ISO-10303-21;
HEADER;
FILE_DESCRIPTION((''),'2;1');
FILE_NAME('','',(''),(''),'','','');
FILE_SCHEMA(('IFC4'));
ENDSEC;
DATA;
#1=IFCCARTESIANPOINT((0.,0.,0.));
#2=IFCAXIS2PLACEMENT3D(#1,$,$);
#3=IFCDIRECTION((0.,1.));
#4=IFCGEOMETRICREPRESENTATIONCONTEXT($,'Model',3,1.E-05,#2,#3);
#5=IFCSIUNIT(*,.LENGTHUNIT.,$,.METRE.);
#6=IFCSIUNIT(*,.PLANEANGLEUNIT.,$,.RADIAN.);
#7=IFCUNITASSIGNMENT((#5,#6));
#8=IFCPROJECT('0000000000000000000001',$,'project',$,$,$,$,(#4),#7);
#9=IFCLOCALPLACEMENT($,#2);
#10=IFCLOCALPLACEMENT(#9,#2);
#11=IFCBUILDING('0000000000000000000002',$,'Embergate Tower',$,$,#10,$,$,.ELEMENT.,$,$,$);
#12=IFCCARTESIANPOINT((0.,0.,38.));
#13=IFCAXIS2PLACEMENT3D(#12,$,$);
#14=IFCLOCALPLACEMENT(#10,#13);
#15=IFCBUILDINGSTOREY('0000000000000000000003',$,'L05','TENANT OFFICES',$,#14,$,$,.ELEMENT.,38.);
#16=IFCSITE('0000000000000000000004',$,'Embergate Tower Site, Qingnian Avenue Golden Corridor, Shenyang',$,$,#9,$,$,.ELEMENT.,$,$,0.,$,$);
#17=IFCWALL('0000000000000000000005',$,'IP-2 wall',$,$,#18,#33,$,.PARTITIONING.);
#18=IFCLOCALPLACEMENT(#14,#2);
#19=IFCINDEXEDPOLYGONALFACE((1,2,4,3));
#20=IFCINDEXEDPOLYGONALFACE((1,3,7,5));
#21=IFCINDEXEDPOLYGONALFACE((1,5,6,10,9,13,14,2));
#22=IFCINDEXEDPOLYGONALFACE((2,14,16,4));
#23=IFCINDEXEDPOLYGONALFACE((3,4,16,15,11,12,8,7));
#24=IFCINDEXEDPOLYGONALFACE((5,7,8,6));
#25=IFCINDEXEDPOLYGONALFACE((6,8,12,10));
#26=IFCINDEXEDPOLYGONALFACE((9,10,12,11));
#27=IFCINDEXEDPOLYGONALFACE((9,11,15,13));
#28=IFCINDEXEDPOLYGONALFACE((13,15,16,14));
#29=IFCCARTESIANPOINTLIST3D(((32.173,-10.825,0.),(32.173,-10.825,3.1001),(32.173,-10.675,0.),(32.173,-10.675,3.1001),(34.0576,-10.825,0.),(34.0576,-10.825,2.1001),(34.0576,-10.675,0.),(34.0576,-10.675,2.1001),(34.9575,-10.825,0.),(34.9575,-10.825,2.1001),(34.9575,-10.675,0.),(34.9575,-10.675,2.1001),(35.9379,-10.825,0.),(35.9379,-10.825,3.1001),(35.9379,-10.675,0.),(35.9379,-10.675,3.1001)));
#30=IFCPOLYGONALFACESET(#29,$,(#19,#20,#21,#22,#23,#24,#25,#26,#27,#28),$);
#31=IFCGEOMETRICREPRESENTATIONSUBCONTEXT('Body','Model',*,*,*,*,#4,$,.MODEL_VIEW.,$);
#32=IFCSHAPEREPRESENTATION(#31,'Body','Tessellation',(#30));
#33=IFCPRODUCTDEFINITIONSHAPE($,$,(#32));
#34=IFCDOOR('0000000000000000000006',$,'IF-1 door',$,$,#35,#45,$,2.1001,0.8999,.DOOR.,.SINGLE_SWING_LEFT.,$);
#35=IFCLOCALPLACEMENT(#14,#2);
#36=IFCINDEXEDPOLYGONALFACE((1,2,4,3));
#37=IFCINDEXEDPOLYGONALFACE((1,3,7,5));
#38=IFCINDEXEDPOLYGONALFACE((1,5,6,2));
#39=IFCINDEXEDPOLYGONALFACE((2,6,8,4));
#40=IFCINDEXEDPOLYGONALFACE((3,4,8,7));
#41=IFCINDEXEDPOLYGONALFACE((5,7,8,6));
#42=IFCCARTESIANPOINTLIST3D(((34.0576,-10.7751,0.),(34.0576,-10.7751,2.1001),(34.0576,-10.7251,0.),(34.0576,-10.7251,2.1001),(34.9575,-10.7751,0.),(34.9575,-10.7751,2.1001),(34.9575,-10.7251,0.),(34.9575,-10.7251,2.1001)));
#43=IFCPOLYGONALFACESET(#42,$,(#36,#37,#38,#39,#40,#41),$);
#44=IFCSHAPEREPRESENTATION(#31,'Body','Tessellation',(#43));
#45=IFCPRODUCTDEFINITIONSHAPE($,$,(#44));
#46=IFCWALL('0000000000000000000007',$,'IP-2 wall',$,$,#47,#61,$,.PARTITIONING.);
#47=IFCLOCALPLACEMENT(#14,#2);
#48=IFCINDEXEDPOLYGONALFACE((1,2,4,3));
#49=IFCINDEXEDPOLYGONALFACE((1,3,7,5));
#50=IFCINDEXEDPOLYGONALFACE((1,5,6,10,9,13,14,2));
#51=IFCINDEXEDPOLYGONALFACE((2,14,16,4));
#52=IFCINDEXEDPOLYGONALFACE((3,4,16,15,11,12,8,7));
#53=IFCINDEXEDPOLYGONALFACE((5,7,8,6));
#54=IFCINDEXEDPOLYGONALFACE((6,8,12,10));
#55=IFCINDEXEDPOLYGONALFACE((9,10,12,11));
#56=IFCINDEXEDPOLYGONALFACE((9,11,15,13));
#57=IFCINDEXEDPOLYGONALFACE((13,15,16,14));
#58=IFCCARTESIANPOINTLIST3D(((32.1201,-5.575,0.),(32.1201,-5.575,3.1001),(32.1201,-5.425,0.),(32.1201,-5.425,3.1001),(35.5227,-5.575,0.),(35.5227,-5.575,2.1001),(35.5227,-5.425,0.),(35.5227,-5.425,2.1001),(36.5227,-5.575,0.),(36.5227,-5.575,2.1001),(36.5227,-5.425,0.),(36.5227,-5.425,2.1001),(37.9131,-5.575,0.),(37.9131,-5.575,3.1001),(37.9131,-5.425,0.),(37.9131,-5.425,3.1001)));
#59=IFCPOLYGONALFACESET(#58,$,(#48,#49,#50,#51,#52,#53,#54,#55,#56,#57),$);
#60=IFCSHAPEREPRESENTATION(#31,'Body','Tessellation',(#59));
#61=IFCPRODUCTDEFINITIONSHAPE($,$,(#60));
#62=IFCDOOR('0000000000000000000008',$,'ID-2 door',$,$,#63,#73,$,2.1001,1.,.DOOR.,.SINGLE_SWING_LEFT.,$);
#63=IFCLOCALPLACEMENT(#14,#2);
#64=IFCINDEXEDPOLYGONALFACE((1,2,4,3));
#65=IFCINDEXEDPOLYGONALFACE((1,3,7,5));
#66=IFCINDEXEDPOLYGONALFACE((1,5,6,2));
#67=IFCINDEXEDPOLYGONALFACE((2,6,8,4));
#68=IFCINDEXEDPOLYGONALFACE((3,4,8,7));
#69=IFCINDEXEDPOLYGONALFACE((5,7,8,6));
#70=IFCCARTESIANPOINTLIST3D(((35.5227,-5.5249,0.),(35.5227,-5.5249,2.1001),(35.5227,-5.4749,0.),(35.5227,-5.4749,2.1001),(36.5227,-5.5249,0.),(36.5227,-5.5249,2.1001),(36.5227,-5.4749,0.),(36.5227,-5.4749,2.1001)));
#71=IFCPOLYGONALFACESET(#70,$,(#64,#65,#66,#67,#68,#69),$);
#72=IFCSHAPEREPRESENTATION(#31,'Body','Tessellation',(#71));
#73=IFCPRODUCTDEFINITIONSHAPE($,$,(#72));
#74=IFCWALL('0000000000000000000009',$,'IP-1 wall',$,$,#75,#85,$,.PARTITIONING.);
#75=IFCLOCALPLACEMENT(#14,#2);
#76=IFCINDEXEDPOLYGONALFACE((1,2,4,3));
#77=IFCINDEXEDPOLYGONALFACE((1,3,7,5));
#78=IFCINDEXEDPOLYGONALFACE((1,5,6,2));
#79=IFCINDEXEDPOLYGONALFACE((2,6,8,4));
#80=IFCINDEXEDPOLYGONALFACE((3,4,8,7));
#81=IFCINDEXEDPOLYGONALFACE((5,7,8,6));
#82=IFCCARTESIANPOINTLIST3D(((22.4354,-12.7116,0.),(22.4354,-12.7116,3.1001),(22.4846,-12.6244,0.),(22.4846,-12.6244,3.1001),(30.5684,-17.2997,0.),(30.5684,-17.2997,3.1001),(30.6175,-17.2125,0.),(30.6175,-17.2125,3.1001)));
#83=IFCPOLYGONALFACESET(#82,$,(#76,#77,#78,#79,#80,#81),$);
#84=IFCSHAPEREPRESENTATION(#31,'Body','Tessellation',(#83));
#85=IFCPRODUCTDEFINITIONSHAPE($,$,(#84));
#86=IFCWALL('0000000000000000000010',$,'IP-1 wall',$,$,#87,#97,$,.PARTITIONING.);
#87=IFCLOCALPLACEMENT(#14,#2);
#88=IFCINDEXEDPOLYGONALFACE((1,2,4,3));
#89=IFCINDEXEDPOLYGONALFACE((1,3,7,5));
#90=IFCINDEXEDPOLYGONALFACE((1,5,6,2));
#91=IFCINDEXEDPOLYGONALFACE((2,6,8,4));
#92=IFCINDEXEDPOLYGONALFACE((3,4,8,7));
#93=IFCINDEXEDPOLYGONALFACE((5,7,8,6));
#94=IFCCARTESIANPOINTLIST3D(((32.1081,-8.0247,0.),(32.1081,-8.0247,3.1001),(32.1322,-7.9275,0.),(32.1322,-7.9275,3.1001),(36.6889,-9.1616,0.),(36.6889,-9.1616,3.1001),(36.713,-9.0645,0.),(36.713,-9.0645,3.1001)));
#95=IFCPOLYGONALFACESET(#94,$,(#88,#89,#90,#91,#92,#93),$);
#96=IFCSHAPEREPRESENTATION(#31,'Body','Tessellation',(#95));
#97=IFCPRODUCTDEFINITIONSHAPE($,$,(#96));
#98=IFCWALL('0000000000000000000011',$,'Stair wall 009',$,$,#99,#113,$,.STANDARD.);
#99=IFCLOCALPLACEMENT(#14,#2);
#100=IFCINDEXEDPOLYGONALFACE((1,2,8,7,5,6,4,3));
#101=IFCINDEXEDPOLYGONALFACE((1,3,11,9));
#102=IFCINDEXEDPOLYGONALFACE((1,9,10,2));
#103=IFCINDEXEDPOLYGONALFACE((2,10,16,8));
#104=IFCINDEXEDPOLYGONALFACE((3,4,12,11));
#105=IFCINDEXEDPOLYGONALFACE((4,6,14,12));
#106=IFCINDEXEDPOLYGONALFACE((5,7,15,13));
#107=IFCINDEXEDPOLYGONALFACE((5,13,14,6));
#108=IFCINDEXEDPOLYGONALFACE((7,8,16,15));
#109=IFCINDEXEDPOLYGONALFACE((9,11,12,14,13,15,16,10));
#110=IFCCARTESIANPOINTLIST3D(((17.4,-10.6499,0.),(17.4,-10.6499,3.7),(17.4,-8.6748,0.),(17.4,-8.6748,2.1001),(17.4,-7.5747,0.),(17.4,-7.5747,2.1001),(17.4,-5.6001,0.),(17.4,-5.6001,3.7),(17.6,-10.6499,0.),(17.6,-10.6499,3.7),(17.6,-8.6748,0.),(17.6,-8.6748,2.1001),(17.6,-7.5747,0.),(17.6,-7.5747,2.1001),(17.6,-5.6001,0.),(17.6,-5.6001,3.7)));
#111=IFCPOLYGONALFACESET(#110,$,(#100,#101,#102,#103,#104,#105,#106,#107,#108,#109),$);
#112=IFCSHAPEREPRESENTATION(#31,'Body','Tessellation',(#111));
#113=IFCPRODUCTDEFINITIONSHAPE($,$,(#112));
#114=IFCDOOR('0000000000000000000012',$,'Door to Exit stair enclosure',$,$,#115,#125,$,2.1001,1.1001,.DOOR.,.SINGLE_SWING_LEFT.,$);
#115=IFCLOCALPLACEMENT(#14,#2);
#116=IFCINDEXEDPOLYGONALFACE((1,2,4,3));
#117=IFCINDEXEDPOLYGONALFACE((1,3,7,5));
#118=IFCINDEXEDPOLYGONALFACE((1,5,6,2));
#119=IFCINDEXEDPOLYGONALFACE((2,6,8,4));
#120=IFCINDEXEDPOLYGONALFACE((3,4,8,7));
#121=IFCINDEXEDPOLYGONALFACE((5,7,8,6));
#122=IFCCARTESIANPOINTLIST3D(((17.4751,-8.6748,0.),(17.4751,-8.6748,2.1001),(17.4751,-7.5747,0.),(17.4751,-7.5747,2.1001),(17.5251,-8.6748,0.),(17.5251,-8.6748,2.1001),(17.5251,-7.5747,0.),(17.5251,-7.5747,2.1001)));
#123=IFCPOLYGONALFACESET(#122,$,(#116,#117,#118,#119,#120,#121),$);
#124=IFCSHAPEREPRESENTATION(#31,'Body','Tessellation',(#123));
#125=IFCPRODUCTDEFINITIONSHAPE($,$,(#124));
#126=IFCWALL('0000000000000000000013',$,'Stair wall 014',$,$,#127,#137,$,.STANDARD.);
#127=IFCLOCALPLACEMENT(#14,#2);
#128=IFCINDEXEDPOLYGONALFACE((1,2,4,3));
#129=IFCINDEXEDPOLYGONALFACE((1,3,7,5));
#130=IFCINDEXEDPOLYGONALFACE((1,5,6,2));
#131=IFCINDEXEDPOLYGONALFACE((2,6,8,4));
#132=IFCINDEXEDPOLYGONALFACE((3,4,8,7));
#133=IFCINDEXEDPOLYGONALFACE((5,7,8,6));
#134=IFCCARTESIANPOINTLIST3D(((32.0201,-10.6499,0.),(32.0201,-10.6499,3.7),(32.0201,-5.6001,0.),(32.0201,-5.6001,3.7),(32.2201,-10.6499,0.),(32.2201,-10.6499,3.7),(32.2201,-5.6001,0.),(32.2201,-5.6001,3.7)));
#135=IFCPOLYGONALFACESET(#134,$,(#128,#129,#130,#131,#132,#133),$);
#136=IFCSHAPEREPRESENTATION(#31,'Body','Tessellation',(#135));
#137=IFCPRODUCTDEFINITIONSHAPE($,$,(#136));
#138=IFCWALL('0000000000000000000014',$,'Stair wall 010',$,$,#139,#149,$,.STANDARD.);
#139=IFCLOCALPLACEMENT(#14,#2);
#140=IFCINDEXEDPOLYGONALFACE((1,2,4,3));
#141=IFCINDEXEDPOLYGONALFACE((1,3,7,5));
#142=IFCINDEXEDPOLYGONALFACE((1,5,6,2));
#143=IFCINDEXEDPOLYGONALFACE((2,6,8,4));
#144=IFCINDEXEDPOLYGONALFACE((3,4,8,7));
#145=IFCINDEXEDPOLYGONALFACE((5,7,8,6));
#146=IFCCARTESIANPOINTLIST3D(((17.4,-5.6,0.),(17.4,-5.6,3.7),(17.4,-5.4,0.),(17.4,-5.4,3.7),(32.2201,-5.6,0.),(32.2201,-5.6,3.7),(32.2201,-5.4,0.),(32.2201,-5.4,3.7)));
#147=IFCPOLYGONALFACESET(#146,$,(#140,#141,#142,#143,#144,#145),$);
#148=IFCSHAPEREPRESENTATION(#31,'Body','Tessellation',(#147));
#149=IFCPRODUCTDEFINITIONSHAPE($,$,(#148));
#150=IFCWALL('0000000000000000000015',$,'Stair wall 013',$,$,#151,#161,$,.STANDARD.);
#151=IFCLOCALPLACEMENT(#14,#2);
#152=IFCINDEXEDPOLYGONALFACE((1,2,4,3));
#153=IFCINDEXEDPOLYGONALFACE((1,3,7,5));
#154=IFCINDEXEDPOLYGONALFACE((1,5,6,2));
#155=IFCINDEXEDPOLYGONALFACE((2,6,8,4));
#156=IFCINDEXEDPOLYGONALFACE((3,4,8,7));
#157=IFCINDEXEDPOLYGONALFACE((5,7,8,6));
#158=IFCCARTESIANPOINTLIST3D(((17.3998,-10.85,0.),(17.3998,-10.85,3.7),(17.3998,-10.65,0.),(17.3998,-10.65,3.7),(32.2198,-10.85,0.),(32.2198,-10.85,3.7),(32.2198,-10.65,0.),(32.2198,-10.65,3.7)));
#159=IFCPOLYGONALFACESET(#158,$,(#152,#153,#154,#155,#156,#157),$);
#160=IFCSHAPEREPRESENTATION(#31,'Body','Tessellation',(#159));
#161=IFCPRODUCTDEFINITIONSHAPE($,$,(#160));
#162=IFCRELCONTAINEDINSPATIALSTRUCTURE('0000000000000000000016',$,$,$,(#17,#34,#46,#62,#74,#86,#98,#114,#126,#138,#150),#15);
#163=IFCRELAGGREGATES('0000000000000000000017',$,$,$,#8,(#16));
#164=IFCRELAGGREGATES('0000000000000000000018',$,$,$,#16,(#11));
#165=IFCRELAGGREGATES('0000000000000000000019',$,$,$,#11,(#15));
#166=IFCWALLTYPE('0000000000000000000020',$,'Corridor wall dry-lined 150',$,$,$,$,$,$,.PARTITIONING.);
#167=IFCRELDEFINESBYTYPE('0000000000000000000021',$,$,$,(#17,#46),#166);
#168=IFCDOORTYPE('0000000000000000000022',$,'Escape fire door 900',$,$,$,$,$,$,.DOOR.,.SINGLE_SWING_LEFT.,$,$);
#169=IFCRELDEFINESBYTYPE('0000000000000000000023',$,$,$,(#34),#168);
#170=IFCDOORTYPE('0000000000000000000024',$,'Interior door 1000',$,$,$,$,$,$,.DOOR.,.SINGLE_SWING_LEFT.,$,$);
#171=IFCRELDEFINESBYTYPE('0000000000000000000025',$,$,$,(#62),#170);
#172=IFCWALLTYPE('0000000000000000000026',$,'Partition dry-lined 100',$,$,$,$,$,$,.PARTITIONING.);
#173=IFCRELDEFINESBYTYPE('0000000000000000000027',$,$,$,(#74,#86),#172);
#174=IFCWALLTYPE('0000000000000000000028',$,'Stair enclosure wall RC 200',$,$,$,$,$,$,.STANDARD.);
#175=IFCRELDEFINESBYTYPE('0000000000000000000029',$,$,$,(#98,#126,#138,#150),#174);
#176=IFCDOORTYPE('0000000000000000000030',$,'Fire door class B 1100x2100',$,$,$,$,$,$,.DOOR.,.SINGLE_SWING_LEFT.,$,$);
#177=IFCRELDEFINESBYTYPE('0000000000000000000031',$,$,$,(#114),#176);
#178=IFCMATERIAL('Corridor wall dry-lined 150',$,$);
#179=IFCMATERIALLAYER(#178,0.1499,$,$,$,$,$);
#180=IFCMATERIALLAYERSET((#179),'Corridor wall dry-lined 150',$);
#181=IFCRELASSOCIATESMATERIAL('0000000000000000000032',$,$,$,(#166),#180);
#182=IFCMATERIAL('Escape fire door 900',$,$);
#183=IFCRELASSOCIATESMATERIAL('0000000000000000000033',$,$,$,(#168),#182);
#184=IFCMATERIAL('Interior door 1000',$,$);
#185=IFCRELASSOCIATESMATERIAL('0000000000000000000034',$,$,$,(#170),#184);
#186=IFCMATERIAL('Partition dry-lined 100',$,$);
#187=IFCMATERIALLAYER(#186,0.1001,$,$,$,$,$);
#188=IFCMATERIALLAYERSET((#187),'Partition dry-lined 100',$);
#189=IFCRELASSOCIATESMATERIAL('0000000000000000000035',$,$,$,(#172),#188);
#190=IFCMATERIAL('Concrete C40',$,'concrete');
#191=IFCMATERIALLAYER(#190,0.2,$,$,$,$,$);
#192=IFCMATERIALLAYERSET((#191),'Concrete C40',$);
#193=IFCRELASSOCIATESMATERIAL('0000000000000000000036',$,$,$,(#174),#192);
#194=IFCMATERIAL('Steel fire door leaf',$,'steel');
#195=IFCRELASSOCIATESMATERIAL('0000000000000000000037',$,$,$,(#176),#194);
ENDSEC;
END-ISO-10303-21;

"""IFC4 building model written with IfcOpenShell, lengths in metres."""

from ifc_helpers import new_model, si_unit, direction, frame, frame_2d, origin, place, context, subcontext, project, spatial, rectangle, extrude, source, transform, mapped, material, layer, layer_set, type_object, element, fill, save


model = new_model("IFC4")

# Units and contexts
model_context = context("Model", 3, precision=1e-05, world=origin(), true_north=direction((0.0, 1.0)))
body_context = subcontext(model_context, "Body", "Model", "MODEL_VIEW")
ifc_project = project(units=[si_unit("LENGTHUNIT", "METRE"), si_unit("PLANEANGLEUNIT", "RADIAN")], contexts=[model_context])

# Site, building, storey
site_placement = place(None, origin())
site = spatial("IfcSite", under=ifc_project, at=site_placement, Name="Embergate Tower Site, Qingnian Avenue Golden Corridor, Shenyang", CompositionType="ELEMENT", RefElevation=0.0)
building_placement = place(site_placement, origin())
building = spatial("IfcBuilding", under=site, at=building_placement, Name="Embergate Tower", CompositionType="ELEMENT")
storey_placement = place(building_placement, frame((0.0, 0.0, 38.0)))
storey = spatial("IfcBuildingStorey", under=building, at=storey_placement, Name="L05", Description="TENANT OFFICES", CompositionType="ELEMENT", Elevation=38.0)

# Shared definitions
ifc_material_1 = material(Name="Corridor wall dry-lined 150")
ifc_layer_1 = layer(ifc_material_1, 0.1499)
ifc_layer_set_1 = layer_set([ifc_layer_1], Name="Corridor wall dry-lined 150")
wall_type_1 = type_object("IfcWallType", Name="Corridor wall dry-lined 150", PredefinedType="PARTITIONING", material=ifc_layer_set_1)
shared_shape_1 = source(origin(), body_context, "Body", "SweptSolid", [
    extrude(rectangle(XDim=1.0, YDim=2.1001, at=frame_2d((0.5, 1.05))), frame((0.0, 0.085, 0.0), z_axis=(0.0, -1.0, 0.0), x_axis=(1.0, 0.0, 0.0)), (0.0, 0.0, 1.0), 0.1699),
])
shared_shape_2 = source(origin(), body_context, "Body", "SweptSolid", [
    extrude(rectangle(XDim=0.8999, YDim=2.1001, at=frame_2d((0.45, 1.05))), frame((0.0, 0.085, 0.0), z_axis=(0.0, -1.0, 0.0), x_axis=(1.0, 0.0, 0.0)), (0.0, 0.0, 1.0), 0.1699),
])
ifc_material_2 = material(Name="Escape fire door 900")
door_type_1 = type_object("IfcDoorType", Name="Escape fire door 900", OperationType="SINGLE_SWING_LEFT", PredefinedType="DOOR", material=ifc_material_2)
shared_shape_3 = source(origin(), body_context, "Body", "SweptSolid", [
    extrude(rectangle(XDim=0.8999, YDim=2.1001, at=frame_2d((0.45, 1.05))), frame((0.0, 0.0249, 0.0), z_axis=(0.0, -1.0, 0.0), x_axis=(1.0, 0.0, 0.0)), (0.0, 0.0, 1.0), 0.05),
])
ifc_material_3 = material(Name="Interior door 1000")
door_type_2 = type_object("IfcDoorType", Name="Interior door 1000", OperationType="SINGLE_SWING_LEFT", PredefinedType="DOOR", material=ifc_material_3)
shared_shape_4 = source(origin(), body_context, "Body", "SweptSolid", [
    extrude(rectangle(XDim=1.0, YDim=2.1001, at=frame_2d((0.5, 1.05))), frame((0.0, 0.0249, 0.0), z_axis=(0.0, -1.0, 0.0), x_axis=(1.0, 0.0, 0.0)), (0.0, 0.0, 1.0), 0.05),
])

# Walls, openings, doors
shared_shape_5 = source(origin(), body_context, "Body", "SweptSolid", [
    extrude(rectangle(XDim=3.7649, YDim=0.1499, at=frame_2d((1.8823, 0.0))), origin(), (0.0, 0.0, 1.0), 3.1001),
])
wall_1_placement = place(storey_placement, frame((32.1731, -10.75, 0.0), z_axis=(0.0, 0.0, 1.0), x_axis=(1.0, 0.0, 0.0)))
wall_1 = element("IfcWall", 1, at=wall_1_placement, inside=storey, type_object=wall_type_1, Name="IP-2 wall", PredefinedType="PARTITIONING", context=body_context, shape_type="MappedRepresentation", body=[
    mapped(shared_shape_5, transform((0.0, 0.0, 0.0))),
])
opening_1_placement = place(wall_1_placement, frame((1.8845, 0.0, 0.0)))
opening_1 = element("IfcOpeningElement", 2, at=opening_1_placement, cuts=wall_1, PredefinedType="OPENING", context=body_context, shape_type="MappedRepresentation", body=[
    mapped(shared_shape_2, transform((0.0, 0.0, 0.0))),
])
door_1_placement = place(opening_1_placement, origin())
door_1 = element("IfcDoor", 3, at=door_1_placement, inside=storey, type_object=door_type_1, Name="IF-1 door", OperationType="SINGLE_SWING_LEFT", OverallHeight=2.1001, OverallWidth=0.8999, PredefinedType="DOOR", context=body_context, shape_type="MappedRepresentation", body=[
    mapped(shared_shape_3, transform((0.0, 0.0, 0.0))),
])
fill(opening_1, door_1)
shared_shape_6 = source(origin(), body_context, "Body", "SweptSolid", [
    extrude(rectangle(XDim=5.793, YDim=0.1499, at=frame_2d((2.8965, 0.0))), origin(), (0.0, 0.0, 1.0), 3.1001),
])
wall_2_placement = place(storey_placement, frame((37.9131, -5.5, 0.0), z_axis=(0.0, 0.0, 1.0), x_axis=(-1.0, 0.0, 0.0)))
wall_2 = element("IfcWall", 4, at=wall_2_placement, inside=storey, type_object=wall_type_1, Name="IP-2 wall", PredefinedType="PARTITIONING", context=body_context, shape_type="MappedRepresentation", body=[
    mapped(shared_shape_6, transform((0.0, 0.0, 0.0))),
])
opening_2_placement = place(wall_2_placement, frame((1.3904, 0.0, 0.0)))
opening_2 = element("IfcOpeningElement", 5, at=opening_2_placement, cuts=wall_2, PredefinedType="OPENING", context=body_context, shape_type="MappedRepresentation", body=[
    mapped(shared_shape_1, transform((0.0, 0.0, 0.0))),
])
door_2_placement = place(opening_2_placement, origin())
door_2 = element("IfcDoor", 6, at=door_2_placement, inside=storey, type_object=door_type_2, Name="ID-2 door", OperationType="SINGLE_SWING_LEFT", OverallHeight=2.1001, OverallWidth=1.0, PredefinedType="DOOR", context=body_context, shape_type="MappedRepresentation", body=[
    mapped(shared_shape_4, transform((0.0, 0.0, 0.0))),
])
fill(opening_2, door_2)

# Walls
ifc_material_4 = material(Name="Partition dry-lined 100")
ifc_layer_2 = layer(ifc_material_4, 0.1001)
ifc_layer_set_2 = layer_set([ifc_layer_2], Name="Partition dry-lined 100")
wall_type_2 = type_object("IfcWallType", Name="Partition dry-lined 100", PredefinedType="PARTITIONING", material=ifc_layer_set_2)
shared_shape_7 = source(origin(), body_context, "Body", "SweptSolid", [
    extrude(rectangle(XDim=9.3379, YDim=0.1001, at=frame_2d((4.6689, 0.0))), origin(), (0.0, 0.0, 1.0), 3.1001),
])
wall_3_placement = place(storey_placement, frame((22.46, -12.668, 0.0), z_axis=(0.0, 0.0, 1.0), x_axis=(0.870967, -0.491342, 0.0)))
element("IfcWall", 7, at=wall_3_placement, inside=storey, type_object=wall_type_2, Name="IP-1 wall", PredefinedType="PARTITIONING", context=body_context, shape_type="MappedRepresentation", body=[
    mapped(shared_shape_7, transform((0.0, 0.0, 0.0))),
])
shared_shape_8 = source(origin(), body_context, "Body", "SweptSolid", [
    extrude(rectangle(XDim=4.7197, YDim=0.1001, at=frame_2d((2.3599, 0.0))), origin(), (0.0, 0.0, 1.0), 3.1001),
])
wall_4_placement = place(storey_placement, frame((36.7009, -9.113, 0.0), z_axis=(0.0, 0.0, 1.0), x_axis=(-0.970552, 0.240892, 0.0)))
element("IfcWall", 8, at=wall_4_placement, inside=storey, type_object=wall_type_2, Name="IP-1 wall", PredefinedType="PARTITIONING", context=body_context, shape_type="MappedRepresentation", body=[
    mapped(shared_shape_8, transform((0.0, 0.0, 0.0))),
])

# Wall, opening, door
ifc_material_5 = material(Name="Concrete C40", Category="concrete")
ifc_layer_3 = layer(ifc_material_5, 0.2)
ifc_layer_set_3 = layer_set([ifc_layer_3], Name="Concrete C40")
wall_type_3 = type_object("IfcWallType", Name="Stair enclosure wall RC 200", PredefinedType="STANDARD", material=ifc_layer_set_3)
shared_shape_9 = source(origin(), body_context, "Body", "SweptSolid", [
    extrude(rectangle(XDim=5.0498, YDim=0.2, at=frame_2d((2.5249, 0.0))), origin(), (0.0, 0.0, 1.0), 3.7),
])
wall_5_placement = place(storey_placement, frame((17.5, -10.6499, 0.0), z_axis=(0.0, 0.0, 1.0), x_axis=(0.0, 1.0, 0.0)))
wall_5 = element("IfcWall", 9, at=wall_5_placement, inside=storey, type_object=wall_type_3, Name="Stair wall 009", PredefinedType="STANDARD", context=body_context, shape_type="MappedRepresentation", body=[
    mapped(shared_shape_9, transform((0.0, 0.0, 0.0))),
])
shared_shape_10 = source(origin(), body_context, "Body", "SweptSolid", [
    extrude(rectangle(XDim=1.1001, YDim=2.1001, at=frame_2d((0.55, 1.05))), frame((0.0, 0.1099, 0.0), z_axis=(0.0, -1.0, 0.0), x_axis=(1.0, 0.0, 0.0)), (0.0, 0.0, 1.0), 0.22),
])
opening_3_placement = place(wall_5_placement, frame((1.9751, 0.0, 0.0)))
opening_3 = element("IfcOpeningElement", 10, at=opening_3_placement, cuts=wall_5, PredefinedType="OPENING", context=body_context, shape_type="MappedRepresentation", body=[
    mapped(shared_shape_10, transform((0.0, 0.0, 0.0))),
])
ifc_material_6 = material(Name="Steel fire door leaf", Category="steel")
door_type_3 = type_object("IfcDoorType", Name="Fire door class B 1100x2100", OperationType="SINGLE_SWING_LEFT", PredefinedType="DOOR", material=ifc_material_6)
shared_shape_11 = source(origin(), body_context, "Body", "SweptSolid", [
    extrude(rectangle(XDim=1.1001, YDim=2.1001, at=frame_2d((0.55, 1.05))), frame((0.0, 0.0249, 0.0), z_axis=(0.0, -1.0, 0.0), x_axis=(1.0, 0.0, 0.0)), (0.0, 0.0, 1.0), 0.05),
])
door_3_placement = place(opening_3_placement, origin())
door_3 = element("IfcDoor", 11, at=door_3_placement, inside=storey, type_object=door_type_3, Name="Door to Exit stair enclosure", OperationType="SINGLE_SWING_LEFT", OverallHeight=2.1001, OverallWidth=1.1001, PredefinedType="DOOR", context=body_context, shape_type="MappedRepresentation", body=[
    mapped(shared_shape_11, transform((0.0, 0.0, 0.0))),
])
fill(opening_3, door_3)

# Walls
wall_6_placement = place(storey_placement, frame((32.1201, -5.6001, 0.0), z_axis=(0.0, 0.0, 1.0), x_axis=(0.0, -1.0, 0.0)))
element("IfcWall", 12, at=wall_6_placement, inside=storey, type_object=wall_type_3, Name="Stair wall 014", PredefinedType="STANDARD", context=body_context, shape_type="MappedRepresentation", body=[
    mapped(shared_shape_9, transform((0.0, 0.0, 0.0))),
])
shared_shape_12 = source(origin(), body_context, "Body", "SweptSolid", [
    extrude(rectangle(XDim=14.8201, YDim=0.2, at=frame_2d((7.4102, 0.0))), origin(), (0.0, 0.0, 1.0), 3.7),
])
for number, where, z_axis, x_axis, name in (
    (13, (17.3999, -5.5, 0.0), (0.0, 0.0, 1.0), (1.0, 0.0, 0.0), "Stair wall 010"),
    (14, (32.22, -10.75, 0.0), (0.0, 0.0, 1.0), (-1.0, 0.0, 0.0), "Stair wall 013"),
):
    element("IfcWall", number, at=place(storey_placement, frame(where, z_axis=z_axis, x_axis=x_axis)), inside=storey, type_object=wall_type_3, Name=name, PredefinedType="STANDARD", context=body_context, shape_type="MappedRepresentation", body=[
        mapped(shared_shape_12, transform((0.0, 0.0, 0.0))),
    ])

save(model, "model.ifc")
